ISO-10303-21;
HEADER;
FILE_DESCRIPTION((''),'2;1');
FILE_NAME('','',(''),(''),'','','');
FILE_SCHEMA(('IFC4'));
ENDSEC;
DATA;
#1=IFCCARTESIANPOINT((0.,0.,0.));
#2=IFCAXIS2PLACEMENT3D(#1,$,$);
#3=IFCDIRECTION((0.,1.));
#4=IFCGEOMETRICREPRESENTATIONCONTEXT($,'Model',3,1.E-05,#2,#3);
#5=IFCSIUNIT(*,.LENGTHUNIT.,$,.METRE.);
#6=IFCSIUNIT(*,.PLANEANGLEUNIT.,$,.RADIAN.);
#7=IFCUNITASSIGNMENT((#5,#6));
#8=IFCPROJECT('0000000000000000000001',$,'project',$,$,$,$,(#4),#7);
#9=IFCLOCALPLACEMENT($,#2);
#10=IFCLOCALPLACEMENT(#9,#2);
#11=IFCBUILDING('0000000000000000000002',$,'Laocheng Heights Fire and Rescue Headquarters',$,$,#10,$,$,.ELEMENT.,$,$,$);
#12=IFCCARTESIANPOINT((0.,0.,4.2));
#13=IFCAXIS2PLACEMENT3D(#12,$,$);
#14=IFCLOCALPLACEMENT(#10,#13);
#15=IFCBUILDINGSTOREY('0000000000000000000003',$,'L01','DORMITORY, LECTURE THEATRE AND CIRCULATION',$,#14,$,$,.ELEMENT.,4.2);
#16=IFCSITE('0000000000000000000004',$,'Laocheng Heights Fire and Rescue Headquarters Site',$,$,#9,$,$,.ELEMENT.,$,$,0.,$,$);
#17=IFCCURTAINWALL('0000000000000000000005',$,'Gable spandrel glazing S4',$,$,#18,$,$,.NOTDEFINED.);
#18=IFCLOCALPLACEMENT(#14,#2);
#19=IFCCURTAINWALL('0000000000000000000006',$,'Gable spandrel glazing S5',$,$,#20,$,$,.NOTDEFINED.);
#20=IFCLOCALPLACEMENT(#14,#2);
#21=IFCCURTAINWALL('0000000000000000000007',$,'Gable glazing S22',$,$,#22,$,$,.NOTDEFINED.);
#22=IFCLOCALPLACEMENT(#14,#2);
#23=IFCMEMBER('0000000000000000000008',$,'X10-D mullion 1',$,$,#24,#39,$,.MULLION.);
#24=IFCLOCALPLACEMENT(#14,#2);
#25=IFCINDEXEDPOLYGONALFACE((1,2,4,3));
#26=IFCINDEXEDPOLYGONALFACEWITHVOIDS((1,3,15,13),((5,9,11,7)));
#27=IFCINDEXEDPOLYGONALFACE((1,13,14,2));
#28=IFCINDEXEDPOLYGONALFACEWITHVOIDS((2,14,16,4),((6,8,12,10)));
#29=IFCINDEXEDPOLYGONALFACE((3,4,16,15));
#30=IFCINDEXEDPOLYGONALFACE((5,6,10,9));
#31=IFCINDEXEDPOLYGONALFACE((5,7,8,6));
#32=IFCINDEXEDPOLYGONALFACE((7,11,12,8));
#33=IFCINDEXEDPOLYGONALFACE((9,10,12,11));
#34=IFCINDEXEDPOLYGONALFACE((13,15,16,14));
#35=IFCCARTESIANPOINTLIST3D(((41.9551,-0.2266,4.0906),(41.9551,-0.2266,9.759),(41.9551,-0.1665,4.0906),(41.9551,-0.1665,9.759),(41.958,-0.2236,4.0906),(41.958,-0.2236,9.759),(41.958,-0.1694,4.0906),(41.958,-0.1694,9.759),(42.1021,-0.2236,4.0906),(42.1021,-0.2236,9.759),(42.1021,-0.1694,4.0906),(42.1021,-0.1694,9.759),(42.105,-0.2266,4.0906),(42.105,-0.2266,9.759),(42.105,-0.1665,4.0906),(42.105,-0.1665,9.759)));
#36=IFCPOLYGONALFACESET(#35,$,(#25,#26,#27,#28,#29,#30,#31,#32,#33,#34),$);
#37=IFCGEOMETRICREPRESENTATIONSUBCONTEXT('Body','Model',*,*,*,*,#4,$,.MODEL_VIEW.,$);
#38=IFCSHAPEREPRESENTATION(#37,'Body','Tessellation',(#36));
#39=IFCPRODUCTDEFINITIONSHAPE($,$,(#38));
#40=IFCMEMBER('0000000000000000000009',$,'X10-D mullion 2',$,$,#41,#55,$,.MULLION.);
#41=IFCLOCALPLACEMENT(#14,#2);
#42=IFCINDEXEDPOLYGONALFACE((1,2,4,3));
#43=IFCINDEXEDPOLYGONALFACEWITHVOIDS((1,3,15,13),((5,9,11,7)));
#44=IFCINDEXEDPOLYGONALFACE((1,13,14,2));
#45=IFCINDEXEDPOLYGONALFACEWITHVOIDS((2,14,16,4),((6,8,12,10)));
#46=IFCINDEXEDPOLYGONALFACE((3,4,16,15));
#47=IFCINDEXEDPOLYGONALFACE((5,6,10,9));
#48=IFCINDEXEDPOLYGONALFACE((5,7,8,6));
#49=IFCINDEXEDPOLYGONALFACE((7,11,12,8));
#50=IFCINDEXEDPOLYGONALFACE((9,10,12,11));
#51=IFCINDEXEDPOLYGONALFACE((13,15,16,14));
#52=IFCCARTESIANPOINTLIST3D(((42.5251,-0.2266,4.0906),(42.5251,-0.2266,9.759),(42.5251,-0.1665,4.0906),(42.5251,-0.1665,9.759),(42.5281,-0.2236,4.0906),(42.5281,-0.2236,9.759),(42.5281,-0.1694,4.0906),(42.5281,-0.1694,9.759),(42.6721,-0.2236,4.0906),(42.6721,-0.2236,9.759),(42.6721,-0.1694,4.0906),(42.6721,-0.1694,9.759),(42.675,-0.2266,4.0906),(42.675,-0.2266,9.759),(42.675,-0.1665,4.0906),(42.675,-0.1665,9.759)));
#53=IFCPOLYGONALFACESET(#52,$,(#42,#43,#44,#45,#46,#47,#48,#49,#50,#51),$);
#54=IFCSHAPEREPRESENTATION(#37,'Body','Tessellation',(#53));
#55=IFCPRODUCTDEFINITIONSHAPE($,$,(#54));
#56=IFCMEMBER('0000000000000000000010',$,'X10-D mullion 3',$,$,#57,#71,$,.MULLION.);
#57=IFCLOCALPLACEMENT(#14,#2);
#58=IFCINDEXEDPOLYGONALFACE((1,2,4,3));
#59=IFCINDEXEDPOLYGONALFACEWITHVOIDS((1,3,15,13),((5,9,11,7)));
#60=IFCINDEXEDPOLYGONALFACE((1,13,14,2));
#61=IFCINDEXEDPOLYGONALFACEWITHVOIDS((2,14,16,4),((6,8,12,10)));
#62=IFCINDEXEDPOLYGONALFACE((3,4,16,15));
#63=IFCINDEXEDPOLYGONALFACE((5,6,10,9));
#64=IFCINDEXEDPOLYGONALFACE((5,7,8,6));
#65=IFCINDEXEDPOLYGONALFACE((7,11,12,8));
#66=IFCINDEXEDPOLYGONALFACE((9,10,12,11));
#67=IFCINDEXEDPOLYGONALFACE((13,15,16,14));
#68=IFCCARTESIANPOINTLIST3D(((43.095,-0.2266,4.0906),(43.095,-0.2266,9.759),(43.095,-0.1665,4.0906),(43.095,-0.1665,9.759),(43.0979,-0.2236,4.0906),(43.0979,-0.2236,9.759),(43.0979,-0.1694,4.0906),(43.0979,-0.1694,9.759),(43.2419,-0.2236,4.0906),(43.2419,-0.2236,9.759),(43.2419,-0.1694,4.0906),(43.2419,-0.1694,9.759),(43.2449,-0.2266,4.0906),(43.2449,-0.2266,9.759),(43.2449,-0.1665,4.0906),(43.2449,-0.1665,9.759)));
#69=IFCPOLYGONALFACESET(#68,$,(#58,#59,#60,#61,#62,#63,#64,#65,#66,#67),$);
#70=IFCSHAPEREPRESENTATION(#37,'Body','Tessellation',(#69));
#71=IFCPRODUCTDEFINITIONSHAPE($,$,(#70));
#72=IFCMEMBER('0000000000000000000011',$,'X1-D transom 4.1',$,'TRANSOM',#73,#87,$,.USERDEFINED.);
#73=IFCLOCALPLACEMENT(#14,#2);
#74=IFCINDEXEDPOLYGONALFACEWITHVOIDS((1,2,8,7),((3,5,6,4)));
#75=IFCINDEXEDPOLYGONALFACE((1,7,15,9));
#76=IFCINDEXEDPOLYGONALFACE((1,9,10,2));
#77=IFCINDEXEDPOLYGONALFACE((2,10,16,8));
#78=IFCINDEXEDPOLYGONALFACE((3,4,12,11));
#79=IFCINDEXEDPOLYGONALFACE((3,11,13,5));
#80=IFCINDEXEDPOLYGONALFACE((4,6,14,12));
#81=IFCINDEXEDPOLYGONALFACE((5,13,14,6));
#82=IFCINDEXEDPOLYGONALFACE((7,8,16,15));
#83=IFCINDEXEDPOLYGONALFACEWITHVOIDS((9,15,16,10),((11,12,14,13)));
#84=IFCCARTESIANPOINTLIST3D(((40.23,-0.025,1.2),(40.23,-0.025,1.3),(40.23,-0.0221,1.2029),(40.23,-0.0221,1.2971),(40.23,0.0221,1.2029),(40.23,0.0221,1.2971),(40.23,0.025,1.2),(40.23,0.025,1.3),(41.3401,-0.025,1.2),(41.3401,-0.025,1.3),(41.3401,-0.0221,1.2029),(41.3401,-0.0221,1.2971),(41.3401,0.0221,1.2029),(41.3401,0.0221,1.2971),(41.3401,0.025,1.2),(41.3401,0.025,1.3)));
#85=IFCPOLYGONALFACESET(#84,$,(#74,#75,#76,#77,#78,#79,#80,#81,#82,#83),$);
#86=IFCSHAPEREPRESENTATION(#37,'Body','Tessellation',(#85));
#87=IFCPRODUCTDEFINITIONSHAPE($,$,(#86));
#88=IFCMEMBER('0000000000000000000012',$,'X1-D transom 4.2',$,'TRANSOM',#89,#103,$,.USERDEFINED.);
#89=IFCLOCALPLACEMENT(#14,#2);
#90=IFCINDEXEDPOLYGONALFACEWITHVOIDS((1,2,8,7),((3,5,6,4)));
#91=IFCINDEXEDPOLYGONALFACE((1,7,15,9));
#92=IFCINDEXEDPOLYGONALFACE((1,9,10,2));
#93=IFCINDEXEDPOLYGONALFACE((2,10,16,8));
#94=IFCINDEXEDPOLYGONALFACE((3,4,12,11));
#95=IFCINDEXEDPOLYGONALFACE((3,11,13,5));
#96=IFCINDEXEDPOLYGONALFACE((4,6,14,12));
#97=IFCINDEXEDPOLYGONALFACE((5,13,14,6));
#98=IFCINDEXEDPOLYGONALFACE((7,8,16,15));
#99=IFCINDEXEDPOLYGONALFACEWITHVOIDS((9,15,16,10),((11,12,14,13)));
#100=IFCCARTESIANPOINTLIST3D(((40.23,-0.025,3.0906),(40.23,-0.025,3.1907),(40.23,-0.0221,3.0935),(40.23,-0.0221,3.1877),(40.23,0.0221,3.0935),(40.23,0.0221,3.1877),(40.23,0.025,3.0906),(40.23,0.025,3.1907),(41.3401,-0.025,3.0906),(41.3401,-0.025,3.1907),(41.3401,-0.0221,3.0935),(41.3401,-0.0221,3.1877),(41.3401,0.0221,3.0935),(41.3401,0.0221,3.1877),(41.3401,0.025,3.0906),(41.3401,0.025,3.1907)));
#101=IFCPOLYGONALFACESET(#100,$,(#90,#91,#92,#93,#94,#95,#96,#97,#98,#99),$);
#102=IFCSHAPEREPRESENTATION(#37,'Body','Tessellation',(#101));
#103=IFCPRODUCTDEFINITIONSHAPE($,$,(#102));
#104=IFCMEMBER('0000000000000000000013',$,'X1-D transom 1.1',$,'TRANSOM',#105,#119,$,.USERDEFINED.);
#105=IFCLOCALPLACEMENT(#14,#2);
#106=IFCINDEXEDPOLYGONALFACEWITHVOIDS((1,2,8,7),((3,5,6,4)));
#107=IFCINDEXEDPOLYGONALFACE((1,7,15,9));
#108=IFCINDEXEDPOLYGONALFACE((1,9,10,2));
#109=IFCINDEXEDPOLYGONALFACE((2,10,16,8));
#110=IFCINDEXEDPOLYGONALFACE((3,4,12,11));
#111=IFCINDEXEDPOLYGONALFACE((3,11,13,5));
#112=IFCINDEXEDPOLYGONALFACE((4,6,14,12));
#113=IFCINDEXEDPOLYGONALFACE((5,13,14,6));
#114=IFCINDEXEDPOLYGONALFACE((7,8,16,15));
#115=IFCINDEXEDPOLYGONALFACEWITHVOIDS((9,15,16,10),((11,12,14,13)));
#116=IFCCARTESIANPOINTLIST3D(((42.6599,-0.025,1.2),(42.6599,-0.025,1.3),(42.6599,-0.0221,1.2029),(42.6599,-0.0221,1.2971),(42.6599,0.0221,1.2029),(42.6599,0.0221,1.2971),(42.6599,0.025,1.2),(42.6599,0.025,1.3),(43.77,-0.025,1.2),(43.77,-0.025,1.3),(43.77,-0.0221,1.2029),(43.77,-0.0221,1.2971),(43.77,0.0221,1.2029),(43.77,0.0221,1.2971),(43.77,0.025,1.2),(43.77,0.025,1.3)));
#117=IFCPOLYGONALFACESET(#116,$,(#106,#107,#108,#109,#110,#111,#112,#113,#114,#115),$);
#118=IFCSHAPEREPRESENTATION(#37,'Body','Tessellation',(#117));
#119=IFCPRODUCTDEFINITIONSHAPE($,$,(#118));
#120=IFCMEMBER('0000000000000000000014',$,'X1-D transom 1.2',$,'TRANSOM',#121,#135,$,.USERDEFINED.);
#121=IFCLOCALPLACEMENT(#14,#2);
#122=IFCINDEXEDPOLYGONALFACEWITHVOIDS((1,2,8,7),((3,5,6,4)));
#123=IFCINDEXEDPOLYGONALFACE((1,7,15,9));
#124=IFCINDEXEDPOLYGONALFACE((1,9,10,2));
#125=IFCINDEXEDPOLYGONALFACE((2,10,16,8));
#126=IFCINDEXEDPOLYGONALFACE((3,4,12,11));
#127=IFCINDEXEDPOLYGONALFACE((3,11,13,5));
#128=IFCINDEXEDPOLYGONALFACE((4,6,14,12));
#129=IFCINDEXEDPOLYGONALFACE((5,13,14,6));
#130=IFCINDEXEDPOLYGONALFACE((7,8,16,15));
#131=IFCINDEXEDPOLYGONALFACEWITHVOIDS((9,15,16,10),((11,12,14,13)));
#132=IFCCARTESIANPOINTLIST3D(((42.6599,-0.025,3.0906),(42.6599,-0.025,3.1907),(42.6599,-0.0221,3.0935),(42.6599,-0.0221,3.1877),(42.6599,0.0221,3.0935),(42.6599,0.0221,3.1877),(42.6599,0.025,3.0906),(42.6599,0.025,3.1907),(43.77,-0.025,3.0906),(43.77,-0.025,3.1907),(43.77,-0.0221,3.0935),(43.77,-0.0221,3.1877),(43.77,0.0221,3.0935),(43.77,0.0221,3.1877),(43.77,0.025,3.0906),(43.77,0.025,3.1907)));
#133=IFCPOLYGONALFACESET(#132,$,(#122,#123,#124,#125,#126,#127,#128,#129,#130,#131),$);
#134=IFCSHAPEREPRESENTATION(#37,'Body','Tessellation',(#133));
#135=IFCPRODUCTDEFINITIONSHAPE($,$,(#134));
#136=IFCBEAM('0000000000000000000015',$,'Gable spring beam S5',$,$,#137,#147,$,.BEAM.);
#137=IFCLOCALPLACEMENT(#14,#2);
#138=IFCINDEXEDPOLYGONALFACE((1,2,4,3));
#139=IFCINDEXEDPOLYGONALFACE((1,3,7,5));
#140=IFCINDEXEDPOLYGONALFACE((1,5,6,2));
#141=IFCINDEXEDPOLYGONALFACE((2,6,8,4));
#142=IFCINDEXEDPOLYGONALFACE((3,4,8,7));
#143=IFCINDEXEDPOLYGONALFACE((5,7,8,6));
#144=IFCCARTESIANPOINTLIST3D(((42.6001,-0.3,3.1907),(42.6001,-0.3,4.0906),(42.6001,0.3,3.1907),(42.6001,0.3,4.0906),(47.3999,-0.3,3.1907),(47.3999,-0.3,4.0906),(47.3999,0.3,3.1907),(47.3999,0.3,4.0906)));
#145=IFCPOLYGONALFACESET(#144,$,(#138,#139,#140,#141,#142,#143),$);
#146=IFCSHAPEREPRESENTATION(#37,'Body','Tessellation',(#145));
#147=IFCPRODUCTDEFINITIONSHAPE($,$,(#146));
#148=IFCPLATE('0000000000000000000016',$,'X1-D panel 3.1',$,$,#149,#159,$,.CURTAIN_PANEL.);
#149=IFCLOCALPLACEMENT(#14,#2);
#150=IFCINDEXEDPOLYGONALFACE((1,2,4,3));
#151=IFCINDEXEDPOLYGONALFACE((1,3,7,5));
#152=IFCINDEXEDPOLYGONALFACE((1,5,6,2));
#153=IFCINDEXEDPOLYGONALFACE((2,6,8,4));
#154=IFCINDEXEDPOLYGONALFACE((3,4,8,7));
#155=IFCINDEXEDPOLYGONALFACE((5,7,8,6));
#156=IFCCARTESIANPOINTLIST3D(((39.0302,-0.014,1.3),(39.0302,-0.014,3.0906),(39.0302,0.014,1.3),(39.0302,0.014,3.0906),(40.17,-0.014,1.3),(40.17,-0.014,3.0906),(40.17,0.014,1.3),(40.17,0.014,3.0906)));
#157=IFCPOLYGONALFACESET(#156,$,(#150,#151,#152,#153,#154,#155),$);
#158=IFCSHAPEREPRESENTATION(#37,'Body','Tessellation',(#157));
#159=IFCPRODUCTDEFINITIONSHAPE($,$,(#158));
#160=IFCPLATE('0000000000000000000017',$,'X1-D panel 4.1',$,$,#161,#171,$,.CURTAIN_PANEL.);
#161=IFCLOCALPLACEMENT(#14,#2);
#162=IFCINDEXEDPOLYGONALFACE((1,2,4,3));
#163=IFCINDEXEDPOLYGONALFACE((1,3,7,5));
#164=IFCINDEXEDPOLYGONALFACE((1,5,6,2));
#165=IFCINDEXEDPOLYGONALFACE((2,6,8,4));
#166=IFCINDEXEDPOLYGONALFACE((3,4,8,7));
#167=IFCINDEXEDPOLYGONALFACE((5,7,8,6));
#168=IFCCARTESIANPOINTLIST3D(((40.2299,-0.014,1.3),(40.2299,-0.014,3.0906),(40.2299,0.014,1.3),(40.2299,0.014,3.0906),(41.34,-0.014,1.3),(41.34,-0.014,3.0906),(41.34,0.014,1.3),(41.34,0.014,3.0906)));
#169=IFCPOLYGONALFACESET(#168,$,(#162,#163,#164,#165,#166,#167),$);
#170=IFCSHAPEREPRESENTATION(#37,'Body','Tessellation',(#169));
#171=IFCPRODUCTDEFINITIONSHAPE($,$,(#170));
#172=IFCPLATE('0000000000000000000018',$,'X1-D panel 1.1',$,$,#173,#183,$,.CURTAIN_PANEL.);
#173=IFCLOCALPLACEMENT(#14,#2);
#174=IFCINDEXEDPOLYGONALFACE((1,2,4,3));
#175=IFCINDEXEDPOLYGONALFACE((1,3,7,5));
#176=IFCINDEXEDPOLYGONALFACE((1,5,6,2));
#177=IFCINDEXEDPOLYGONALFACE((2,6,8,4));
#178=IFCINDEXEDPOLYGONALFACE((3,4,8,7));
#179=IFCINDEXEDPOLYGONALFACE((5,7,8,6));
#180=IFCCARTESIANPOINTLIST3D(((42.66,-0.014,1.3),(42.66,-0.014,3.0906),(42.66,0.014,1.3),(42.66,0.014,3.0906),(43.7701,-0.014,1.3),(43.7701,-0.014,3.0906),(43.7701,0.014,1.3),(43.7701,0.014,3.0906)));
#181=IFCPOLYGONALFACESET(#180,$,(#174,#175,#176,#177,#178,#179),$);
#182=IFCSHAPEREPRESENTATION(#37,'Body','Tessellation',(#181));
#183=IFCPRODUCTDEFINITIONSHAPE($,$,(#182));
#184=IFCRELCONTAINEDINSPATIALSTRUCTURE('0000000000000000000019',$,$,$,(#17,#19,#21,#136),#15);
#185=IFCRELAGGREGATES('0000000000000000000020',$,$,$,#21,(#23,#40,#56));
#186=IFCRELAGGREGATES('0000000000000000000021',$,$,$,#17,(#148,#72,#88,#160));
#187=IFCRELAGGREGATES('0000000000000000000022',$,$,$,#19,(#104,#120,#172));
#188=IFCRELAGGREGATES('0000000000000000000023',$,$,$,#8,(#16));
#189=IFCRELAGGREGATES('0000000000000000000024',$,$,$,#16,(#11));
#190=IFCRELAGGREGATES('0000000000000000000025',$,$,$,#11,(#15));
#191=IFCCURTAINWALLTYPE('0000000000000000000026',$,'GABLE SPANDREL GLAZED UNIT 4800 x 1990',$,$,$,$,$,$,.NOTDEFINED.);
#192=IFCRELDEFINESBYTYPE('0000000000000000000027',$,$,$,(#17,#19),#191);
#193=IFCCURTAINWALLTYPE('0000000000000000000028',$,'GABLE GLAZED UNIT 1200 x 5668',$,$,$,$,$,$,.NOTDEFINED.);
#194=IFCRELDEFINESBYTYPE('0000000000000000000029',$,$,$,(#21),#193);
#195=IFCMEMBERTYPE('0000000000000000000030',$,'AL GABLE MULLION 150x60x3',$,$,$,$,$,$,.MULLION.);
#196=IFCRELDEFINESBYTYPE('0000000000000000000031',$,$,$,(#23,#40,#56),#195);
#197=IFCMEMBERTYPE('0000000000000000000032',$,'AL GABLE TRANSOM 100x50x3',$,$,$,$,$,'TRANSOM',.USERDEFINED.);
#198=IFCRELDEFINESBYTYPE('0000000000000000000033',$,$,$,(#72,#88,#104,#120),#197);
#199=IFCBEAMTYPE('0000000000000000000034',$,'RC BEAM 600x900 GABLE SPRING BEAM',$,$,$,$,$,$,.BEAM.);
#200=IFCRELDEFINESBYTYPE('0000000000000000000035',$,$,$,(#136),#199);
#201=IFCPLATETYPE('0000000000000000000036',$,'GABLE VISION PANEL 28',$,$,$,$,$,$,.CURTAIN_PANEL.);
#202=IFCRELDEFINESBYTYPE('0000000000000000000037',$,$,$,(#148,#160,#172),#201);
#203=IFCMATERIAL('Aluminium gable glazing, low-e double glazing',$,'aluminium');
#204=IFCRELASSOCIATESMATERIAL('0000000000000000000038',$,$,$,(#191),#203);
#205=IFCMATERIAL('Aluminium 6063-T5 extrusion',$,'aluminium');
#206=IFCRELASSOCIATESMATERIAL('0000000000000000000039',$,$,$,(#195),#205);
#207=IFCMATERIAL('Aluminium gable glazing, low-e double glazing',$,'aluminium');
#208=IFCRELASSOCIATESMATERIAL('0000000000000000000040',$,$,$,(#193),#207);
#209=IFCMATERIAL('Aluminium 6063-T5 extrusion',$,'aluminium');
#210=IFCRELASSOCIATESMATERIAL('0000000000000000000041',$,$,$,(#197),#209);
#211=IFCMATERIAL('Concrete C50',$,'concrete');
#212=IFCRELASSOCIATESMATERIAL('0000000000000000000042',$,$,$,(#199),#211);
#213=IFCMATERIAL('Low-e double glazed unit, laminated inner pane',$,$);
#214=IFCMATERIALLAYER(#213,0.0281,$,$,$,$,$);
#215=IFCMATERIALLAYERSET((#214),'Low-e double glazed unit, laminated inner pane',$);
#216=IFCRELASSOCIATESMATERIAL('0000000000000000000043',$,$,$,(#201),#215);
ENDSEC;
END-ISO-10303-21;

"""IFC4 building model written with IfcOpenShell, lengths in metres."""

from ifc_helpers import new_model, si_unit, direction, frame, origin, origin_2d, place, context, subcontext, project, spatial, rectangle, hollow_rectangle, extrude, material, layer, layer_set, material_profile, profile_set, type_object, element, aggregate, save


model = new_model("IFC4")

# Units and contexts
model_context = context("Model", 3, precision=1e-05, world=origin(), true_north=direction((0.0, 1.0)))
body_context = subcontext(model_context, "Body", "Model", "MODEL_VIEW")
ifc_project = project(units=[si_unit("LENGTHUNIT", "METRE"), si_unit("PLANEANGLEUNIT", "RADIAN")], contexts=[model_context])

# Site, building, storey
site_placement = place(None, origin())
site = spatial("IfcSite", under=ifc_project, at=site_placement, Name="Laocheng Heights Fire and Rescue Headquarters Site", CompositionType="ELEMENT", RefElevation=0.0)
building_placement = place(site_placement, origin())
building = spatial("IfcBuilding", under=site, at=building_placement, Name="Laocheng Heights Fire and Rescue Headquarters", CompositionType="ELEMENT")
storey_placement = place(building_placement, frame((0.0, 0.0, 4.2)))
storey = spatial("IfcBuildingStorey", under=building, at=storey_placement, Name="L01", Description="DORMITORY, LECTURE THEATRE AND CIRCULATION", CompositionType="ELEMENT", Elevation=4.2)

# Curtain wall
ifc_material_1 = material(Name="Aluminium gable glazing, low-e double glazing", Category="aluminium")
curtain_wall_type_1 = type_object("IfcCurtainWallType", Name="GABLE SPANDREL GLAZED UNIT 4800 x 1990", PredefinedType="NOTDEFINED", material=ifc_material_1)
curtain_wall_1_placement = place(storey_placement, origin())
curtain_wall_1 = element("IfcCurtainWall", 1, at=curtain_wall_1_placement, inside=storey, type_object=curtain_wall_type_1, Name="Gable spandrel glazing S4", PredefinedType="NOTDEFINED")
ifc_material_2 = material(Name="Aluminium 6063-T5 extrusion", Category="aluminium")
ifc_material_profile_1 = material_profile(ifc_material_2, hollow_rectangle(XDim=0.0601, YDim=0.1499, WallThickness=0.0029, at=origin_2d()), Name="AL MULLION 150x60x3")
ifc_profile_set_1 = profile_set([ifc_material_profile_1], Name="Aluminium 6063-T5 extrusion")
member_type_1 = type_object("IfcMemberType", Name="AL GABLE MULLION 150x60x3", PredefinedType="MULLION", material=ifc_profile_set_1)

# Curtain wall
curtain_wall_2_placement = place(storey_placement, origin())
curtain_wall_2 = element("IfcCurtainWall", 2, at=curtain_wall_2_placement, inside=storey, type_object=curtain_wall_type_1, Name="Gable spandrel glazing S5", PredefinedType="NOTDEFINED")

# Curtain wall, members
ifc_material_3 = material(Name="Aluminium gable glazing, low-e double glazing", Category="aluminium")
curtain_wall_type_2 = type_object("IfcCurtainWallType", Name="GABLE GLAZED UNIT 1200 x 5668", PredefinedType="NOTDEFINED", material=ifc_material_3)
curtain_wall_3_placement = place(storey_placement, origin())
curtain_wall_3 = element("IfcCurtainWall", 3, at=curtain_wall_3_placement, inside=storey, type_object=curtain_wall_type_2, Name="Gable glazing S22", PredefinedType="NOTDEFINED")
member_1_placement = place(storey_placement, frame((42.03, -0.1965, 4.0906), z_axis=(0.0, 0.0, 1.0), x_axis=(0.0, 1.0, 0.0)))
member_1 = element("IfcMember", 4, at=member_1_placement, type_object=member_type_1, Name="X10-D mullion 1", PredefinedType="MULLION", context=body_context, shape_type="SweptSolid", body=[
    extrude(hollow_rectangle(XDim=0.0601, YDim=0.1499, WallThickness=0.0029, at=origin_2d()), origin(), (0.0, 0.0, 1.0), 5.6685),
])
member_2_placement = place(storey_placement, frame((42.6001, -0.1965, 4.0906), z_axis=(0.0, 0.0, 1.0), x_axis=(0.0, 1.0, 0.0)))
member_2 = element("IfcMember", 5, at=member_2_placement, type_object=member_type_1, Name="X10-D mullion 2", PredefinedType="MULLION", context=body_context, shape_type="SweptSolid", body=[
    extrude(hollow_rectangle(XDim=0.0601, YDim=0.1499, WallThickness=0.0029, at=origin_2d()), origin(), (0.0, 0.0, 1.0), 5.6685),
])
member_3_placement = place(storey_placement, frame((43.1699, -0.1965, 4.0906), z_axis=(0.0, 0.0, 1.0), x_axis=(0.0, 1.0, 0.0)))
member_3 = element("IfcMember", 6, at=member_3_placement, type_object=member_type_1, Name="X10-D mullion 3", PredefinedType="MULLION", context=body_context, shape_type="SweptSolid", body=[
    extrude(hollow_rectangle(XDim=0.0601, YDim=0.1499, WallThickness=0.0029, at=origin_2d()), origin(), (0.0, 0.0, 1.0), 5.6685),
])
aggregate(curtain_wall_3, [member_1, member_2, member_3])

# Members
ifc_material_4 = material(Name="Aluminium 6063-T5 extrusion", Category="aluminium")
ifc_material_profile_2 = material_profile(ifc_material_4, hollow_rectangle(XDim=0.05, YDim=0.1001, WallThickness=0.0029, at=origin_2d()), Name="AL TRANSOM 100x50x3")
ifc_profile_set_2 = profile_set([ifc_material_profile_2], Name="Aluminium 6063-T5 extrusion")
member_type_2 = type_object("IfcMemberType", Name="AL GABLE TRANSOM 100x50x3", ElementType="TRANSOM", PredefinedType="USERDEFINED", material=ifc_profile_set_2)
member_4_placement = place(storey_placement, frame((40.23, 0.0, 1.25), z_axis=(1.0, 0.0, 0.0), x_axis=(0.0, 1.0, 0.0)))
member_4 = element("IfcMember", 7, at=member_4_placement, type_object=member_type_2, Name="X1-D transom 4.1", ObjectType="TRANSOM", PredefinedType="USERDEFINED", context=body_context, shape_type="SweptSolid", body=[
    extrude(hollow_rectangle(XDim=0.05, YDim=0.1001, WallThickness=0.0029, at=origin_2d()), origin(), (0.0, 0.0, 1.0), 1.1101),
])
member_5_placement = place(storey_placement, frame((40.23, 0.0, 3.1406), z_axis=(1.0, 0.0, 0.0), x_axis=(0.0, 1.0, 0.0)))
member_5 = element("IfcMember", 8, at=member_5_placement, type_object=member_type_2, Name="X1-D transom 4.2", ObjectType="TRANSOM", PredefinedType="USERDEFINED", context=body_context, shape_type="SweptSolid", body=[
    extrude(hollow_rectangle(XDim=0.05, YDim=0.1001, WallThickness=0.0029, at=origin_2d()), origin(), (0.0, 0.0, 1.0), 1.1101),
])
member_6_placement = place(storey_placement, frame((42.6599, 0.0, 1.25), z_axis=(1.0, 0.0, 0.0), x_axis=(0.0, 1.0, 0.0)))
member_6 = element("IfcMember", 9, at=member_6_placement, type_object=member_type_2, Name="X1-D transom 1.1", ObjectType="TRANSOM", PredefinedType="USERDEFINED", context=body_context, shape_type="SweptSolid", body=[
    extrude(hollow_rectangle(XDim=0.05, YDim=0.1001, WallThickness=0.0029, at=origin_2d()), origin(), (0.0, 0.0, 1.0), 1.1101),
])
member_7_placement = place(storey_placement, frame((42.6599, 0.0, 3.1406), z_axis=(1.0, 0.0, 0.0), x_axis=(0.0, 1.0, 0.0)))
member_7 = element("IfcMember", 10, at=member_7_placement, type_object=member_type_2, Name="X1-D transom 1.2", ObjectType="TRANSOM", PredefinedType="USERDEFINED", context=body_context, shape_type="SweptSolid", body=[
    extrude(hollow_rectangle(XDim=0.05, YDim=0.1001, WallThickness=0.0029, at=origin_2d()), origin(), (0.0, 0.0, 1.0), 1.1101),
])

# Beam
ifc_material_5 = material(Name="Concrete C50", Category="concrete")
ifc_material_profile_3 = material_profile(ifc_material_5, rectangle(XDim=0.6001, YDim=0.8999, at=origin_2d()), Name="RC BEAM 600x900 GABLE SPRING BEAM")
ifc_profile_set_3 = profile_set([ifc_material_profile_3], Name="Concrete C50")
beam_type = type_object("IfcBeamType", Name="RC BEAM 600x900 GABLE SPRING BEAM", PredefinedType="BEAM", material=ifc_profile_set_3)
beam_placement = place(storey_placement, frame((42.6001, 0.0, 3.6406), z_axis=(1.0, 0.0, 0.0), x_axis=(0.0, 1.0, 0.0)))
element("IfcBeam", 11, at=beam_placement, inside=storey, type_object=beam_type, Name="Gable spring beam S5", PredefinedType="BEAM", context=body_context, shape_type="SweptSolid", body=[
    extrude(rectangle(XDim=0.6001, YDim=0.8999, at=origin_2d()), origin(), (0.0, 0.0, 1.0), 4.7998),
])

# Plates
ifc_material_6 = material(Name="Low-e double glazed unit, laminated inner pane")
ifc_layer = layer(ifc_material_6, 0.0281)
ifc_layer_set = layer_set([ifc_layer], Name="Low-e double glazed unit, laminated inner pane")
plate_type = type_object("IfcPlateType", Name="GABLE VISION PANEL 28", PredefinedType="CURTAIN_PANEL", material=ifc_layer_set)
plate_1_placement = place(storey_placement, frame((39.6001, 0.0, 1.3), z_axis=(0.0, 0.0, 1.0), x_axis=(1.0, 0.0, 0.0)))
plate_1 = element("IfcPlate", 12, at=plate_1_placement, type_object=plate_type, Name="X1-D panel 3.1", PredefinedType="CURTAIN_PANEL", context=body_context, shape_type="SweptSolid", body=[
    extrude(rectangle(XDim=1.1399, YDim=0.0281, at=origin_2d()), origin(), (0.0, 0.0, 1.0), 1.7905),
])
plate_2_placement = place(storey_placement, frame((40.7849, 0.0, 1.3), z_axis=(0.0, 0.0, 1.0), x_axis=(1.0, 0.0, 0.0)))
plate_2 = element("IfcPlate", 13, at=plate_2_placement, type_object=plate_type, Name="X1-D panel 4.1", PredefinedType="CURTAIN_PANEL", context=body_context, shape_type="SweptSolid", body=[
    extrude(rectangle(XDim=1.1101, YDim=0.0281, at=origin_2d()), origin(), (0.0, 0.0, 1.0), 1.7905),
])
aggregate(curtain_wall_1, [plate_1, member_4, member_5, plate_2])
plate_3_placement = place(storey_placement, frame((43.2151, 0.0, 1.3), z_axis=(0.0, 0.0, 1.0), x_axis=(1.0, 0.0, 0.0)))
plate_3 = element("IfcPlate", 14, at=plate_3_placement, type_object=plate_type, Name="X1-D panel 1.1", PredefinedType="CURTAIN_PANEL", context=body_context, shape_type="SweptSolid", body=[
    extrude(rectangle(XDim=1.1101, YDim=0.0281, at=origin_2d()), origin(), (0.0, 0.0, 1.0), 1.7905),
])
aggregate(curtain_wall_2, [member_6, member_7, plate_3])

save(model, "model.ifc")
